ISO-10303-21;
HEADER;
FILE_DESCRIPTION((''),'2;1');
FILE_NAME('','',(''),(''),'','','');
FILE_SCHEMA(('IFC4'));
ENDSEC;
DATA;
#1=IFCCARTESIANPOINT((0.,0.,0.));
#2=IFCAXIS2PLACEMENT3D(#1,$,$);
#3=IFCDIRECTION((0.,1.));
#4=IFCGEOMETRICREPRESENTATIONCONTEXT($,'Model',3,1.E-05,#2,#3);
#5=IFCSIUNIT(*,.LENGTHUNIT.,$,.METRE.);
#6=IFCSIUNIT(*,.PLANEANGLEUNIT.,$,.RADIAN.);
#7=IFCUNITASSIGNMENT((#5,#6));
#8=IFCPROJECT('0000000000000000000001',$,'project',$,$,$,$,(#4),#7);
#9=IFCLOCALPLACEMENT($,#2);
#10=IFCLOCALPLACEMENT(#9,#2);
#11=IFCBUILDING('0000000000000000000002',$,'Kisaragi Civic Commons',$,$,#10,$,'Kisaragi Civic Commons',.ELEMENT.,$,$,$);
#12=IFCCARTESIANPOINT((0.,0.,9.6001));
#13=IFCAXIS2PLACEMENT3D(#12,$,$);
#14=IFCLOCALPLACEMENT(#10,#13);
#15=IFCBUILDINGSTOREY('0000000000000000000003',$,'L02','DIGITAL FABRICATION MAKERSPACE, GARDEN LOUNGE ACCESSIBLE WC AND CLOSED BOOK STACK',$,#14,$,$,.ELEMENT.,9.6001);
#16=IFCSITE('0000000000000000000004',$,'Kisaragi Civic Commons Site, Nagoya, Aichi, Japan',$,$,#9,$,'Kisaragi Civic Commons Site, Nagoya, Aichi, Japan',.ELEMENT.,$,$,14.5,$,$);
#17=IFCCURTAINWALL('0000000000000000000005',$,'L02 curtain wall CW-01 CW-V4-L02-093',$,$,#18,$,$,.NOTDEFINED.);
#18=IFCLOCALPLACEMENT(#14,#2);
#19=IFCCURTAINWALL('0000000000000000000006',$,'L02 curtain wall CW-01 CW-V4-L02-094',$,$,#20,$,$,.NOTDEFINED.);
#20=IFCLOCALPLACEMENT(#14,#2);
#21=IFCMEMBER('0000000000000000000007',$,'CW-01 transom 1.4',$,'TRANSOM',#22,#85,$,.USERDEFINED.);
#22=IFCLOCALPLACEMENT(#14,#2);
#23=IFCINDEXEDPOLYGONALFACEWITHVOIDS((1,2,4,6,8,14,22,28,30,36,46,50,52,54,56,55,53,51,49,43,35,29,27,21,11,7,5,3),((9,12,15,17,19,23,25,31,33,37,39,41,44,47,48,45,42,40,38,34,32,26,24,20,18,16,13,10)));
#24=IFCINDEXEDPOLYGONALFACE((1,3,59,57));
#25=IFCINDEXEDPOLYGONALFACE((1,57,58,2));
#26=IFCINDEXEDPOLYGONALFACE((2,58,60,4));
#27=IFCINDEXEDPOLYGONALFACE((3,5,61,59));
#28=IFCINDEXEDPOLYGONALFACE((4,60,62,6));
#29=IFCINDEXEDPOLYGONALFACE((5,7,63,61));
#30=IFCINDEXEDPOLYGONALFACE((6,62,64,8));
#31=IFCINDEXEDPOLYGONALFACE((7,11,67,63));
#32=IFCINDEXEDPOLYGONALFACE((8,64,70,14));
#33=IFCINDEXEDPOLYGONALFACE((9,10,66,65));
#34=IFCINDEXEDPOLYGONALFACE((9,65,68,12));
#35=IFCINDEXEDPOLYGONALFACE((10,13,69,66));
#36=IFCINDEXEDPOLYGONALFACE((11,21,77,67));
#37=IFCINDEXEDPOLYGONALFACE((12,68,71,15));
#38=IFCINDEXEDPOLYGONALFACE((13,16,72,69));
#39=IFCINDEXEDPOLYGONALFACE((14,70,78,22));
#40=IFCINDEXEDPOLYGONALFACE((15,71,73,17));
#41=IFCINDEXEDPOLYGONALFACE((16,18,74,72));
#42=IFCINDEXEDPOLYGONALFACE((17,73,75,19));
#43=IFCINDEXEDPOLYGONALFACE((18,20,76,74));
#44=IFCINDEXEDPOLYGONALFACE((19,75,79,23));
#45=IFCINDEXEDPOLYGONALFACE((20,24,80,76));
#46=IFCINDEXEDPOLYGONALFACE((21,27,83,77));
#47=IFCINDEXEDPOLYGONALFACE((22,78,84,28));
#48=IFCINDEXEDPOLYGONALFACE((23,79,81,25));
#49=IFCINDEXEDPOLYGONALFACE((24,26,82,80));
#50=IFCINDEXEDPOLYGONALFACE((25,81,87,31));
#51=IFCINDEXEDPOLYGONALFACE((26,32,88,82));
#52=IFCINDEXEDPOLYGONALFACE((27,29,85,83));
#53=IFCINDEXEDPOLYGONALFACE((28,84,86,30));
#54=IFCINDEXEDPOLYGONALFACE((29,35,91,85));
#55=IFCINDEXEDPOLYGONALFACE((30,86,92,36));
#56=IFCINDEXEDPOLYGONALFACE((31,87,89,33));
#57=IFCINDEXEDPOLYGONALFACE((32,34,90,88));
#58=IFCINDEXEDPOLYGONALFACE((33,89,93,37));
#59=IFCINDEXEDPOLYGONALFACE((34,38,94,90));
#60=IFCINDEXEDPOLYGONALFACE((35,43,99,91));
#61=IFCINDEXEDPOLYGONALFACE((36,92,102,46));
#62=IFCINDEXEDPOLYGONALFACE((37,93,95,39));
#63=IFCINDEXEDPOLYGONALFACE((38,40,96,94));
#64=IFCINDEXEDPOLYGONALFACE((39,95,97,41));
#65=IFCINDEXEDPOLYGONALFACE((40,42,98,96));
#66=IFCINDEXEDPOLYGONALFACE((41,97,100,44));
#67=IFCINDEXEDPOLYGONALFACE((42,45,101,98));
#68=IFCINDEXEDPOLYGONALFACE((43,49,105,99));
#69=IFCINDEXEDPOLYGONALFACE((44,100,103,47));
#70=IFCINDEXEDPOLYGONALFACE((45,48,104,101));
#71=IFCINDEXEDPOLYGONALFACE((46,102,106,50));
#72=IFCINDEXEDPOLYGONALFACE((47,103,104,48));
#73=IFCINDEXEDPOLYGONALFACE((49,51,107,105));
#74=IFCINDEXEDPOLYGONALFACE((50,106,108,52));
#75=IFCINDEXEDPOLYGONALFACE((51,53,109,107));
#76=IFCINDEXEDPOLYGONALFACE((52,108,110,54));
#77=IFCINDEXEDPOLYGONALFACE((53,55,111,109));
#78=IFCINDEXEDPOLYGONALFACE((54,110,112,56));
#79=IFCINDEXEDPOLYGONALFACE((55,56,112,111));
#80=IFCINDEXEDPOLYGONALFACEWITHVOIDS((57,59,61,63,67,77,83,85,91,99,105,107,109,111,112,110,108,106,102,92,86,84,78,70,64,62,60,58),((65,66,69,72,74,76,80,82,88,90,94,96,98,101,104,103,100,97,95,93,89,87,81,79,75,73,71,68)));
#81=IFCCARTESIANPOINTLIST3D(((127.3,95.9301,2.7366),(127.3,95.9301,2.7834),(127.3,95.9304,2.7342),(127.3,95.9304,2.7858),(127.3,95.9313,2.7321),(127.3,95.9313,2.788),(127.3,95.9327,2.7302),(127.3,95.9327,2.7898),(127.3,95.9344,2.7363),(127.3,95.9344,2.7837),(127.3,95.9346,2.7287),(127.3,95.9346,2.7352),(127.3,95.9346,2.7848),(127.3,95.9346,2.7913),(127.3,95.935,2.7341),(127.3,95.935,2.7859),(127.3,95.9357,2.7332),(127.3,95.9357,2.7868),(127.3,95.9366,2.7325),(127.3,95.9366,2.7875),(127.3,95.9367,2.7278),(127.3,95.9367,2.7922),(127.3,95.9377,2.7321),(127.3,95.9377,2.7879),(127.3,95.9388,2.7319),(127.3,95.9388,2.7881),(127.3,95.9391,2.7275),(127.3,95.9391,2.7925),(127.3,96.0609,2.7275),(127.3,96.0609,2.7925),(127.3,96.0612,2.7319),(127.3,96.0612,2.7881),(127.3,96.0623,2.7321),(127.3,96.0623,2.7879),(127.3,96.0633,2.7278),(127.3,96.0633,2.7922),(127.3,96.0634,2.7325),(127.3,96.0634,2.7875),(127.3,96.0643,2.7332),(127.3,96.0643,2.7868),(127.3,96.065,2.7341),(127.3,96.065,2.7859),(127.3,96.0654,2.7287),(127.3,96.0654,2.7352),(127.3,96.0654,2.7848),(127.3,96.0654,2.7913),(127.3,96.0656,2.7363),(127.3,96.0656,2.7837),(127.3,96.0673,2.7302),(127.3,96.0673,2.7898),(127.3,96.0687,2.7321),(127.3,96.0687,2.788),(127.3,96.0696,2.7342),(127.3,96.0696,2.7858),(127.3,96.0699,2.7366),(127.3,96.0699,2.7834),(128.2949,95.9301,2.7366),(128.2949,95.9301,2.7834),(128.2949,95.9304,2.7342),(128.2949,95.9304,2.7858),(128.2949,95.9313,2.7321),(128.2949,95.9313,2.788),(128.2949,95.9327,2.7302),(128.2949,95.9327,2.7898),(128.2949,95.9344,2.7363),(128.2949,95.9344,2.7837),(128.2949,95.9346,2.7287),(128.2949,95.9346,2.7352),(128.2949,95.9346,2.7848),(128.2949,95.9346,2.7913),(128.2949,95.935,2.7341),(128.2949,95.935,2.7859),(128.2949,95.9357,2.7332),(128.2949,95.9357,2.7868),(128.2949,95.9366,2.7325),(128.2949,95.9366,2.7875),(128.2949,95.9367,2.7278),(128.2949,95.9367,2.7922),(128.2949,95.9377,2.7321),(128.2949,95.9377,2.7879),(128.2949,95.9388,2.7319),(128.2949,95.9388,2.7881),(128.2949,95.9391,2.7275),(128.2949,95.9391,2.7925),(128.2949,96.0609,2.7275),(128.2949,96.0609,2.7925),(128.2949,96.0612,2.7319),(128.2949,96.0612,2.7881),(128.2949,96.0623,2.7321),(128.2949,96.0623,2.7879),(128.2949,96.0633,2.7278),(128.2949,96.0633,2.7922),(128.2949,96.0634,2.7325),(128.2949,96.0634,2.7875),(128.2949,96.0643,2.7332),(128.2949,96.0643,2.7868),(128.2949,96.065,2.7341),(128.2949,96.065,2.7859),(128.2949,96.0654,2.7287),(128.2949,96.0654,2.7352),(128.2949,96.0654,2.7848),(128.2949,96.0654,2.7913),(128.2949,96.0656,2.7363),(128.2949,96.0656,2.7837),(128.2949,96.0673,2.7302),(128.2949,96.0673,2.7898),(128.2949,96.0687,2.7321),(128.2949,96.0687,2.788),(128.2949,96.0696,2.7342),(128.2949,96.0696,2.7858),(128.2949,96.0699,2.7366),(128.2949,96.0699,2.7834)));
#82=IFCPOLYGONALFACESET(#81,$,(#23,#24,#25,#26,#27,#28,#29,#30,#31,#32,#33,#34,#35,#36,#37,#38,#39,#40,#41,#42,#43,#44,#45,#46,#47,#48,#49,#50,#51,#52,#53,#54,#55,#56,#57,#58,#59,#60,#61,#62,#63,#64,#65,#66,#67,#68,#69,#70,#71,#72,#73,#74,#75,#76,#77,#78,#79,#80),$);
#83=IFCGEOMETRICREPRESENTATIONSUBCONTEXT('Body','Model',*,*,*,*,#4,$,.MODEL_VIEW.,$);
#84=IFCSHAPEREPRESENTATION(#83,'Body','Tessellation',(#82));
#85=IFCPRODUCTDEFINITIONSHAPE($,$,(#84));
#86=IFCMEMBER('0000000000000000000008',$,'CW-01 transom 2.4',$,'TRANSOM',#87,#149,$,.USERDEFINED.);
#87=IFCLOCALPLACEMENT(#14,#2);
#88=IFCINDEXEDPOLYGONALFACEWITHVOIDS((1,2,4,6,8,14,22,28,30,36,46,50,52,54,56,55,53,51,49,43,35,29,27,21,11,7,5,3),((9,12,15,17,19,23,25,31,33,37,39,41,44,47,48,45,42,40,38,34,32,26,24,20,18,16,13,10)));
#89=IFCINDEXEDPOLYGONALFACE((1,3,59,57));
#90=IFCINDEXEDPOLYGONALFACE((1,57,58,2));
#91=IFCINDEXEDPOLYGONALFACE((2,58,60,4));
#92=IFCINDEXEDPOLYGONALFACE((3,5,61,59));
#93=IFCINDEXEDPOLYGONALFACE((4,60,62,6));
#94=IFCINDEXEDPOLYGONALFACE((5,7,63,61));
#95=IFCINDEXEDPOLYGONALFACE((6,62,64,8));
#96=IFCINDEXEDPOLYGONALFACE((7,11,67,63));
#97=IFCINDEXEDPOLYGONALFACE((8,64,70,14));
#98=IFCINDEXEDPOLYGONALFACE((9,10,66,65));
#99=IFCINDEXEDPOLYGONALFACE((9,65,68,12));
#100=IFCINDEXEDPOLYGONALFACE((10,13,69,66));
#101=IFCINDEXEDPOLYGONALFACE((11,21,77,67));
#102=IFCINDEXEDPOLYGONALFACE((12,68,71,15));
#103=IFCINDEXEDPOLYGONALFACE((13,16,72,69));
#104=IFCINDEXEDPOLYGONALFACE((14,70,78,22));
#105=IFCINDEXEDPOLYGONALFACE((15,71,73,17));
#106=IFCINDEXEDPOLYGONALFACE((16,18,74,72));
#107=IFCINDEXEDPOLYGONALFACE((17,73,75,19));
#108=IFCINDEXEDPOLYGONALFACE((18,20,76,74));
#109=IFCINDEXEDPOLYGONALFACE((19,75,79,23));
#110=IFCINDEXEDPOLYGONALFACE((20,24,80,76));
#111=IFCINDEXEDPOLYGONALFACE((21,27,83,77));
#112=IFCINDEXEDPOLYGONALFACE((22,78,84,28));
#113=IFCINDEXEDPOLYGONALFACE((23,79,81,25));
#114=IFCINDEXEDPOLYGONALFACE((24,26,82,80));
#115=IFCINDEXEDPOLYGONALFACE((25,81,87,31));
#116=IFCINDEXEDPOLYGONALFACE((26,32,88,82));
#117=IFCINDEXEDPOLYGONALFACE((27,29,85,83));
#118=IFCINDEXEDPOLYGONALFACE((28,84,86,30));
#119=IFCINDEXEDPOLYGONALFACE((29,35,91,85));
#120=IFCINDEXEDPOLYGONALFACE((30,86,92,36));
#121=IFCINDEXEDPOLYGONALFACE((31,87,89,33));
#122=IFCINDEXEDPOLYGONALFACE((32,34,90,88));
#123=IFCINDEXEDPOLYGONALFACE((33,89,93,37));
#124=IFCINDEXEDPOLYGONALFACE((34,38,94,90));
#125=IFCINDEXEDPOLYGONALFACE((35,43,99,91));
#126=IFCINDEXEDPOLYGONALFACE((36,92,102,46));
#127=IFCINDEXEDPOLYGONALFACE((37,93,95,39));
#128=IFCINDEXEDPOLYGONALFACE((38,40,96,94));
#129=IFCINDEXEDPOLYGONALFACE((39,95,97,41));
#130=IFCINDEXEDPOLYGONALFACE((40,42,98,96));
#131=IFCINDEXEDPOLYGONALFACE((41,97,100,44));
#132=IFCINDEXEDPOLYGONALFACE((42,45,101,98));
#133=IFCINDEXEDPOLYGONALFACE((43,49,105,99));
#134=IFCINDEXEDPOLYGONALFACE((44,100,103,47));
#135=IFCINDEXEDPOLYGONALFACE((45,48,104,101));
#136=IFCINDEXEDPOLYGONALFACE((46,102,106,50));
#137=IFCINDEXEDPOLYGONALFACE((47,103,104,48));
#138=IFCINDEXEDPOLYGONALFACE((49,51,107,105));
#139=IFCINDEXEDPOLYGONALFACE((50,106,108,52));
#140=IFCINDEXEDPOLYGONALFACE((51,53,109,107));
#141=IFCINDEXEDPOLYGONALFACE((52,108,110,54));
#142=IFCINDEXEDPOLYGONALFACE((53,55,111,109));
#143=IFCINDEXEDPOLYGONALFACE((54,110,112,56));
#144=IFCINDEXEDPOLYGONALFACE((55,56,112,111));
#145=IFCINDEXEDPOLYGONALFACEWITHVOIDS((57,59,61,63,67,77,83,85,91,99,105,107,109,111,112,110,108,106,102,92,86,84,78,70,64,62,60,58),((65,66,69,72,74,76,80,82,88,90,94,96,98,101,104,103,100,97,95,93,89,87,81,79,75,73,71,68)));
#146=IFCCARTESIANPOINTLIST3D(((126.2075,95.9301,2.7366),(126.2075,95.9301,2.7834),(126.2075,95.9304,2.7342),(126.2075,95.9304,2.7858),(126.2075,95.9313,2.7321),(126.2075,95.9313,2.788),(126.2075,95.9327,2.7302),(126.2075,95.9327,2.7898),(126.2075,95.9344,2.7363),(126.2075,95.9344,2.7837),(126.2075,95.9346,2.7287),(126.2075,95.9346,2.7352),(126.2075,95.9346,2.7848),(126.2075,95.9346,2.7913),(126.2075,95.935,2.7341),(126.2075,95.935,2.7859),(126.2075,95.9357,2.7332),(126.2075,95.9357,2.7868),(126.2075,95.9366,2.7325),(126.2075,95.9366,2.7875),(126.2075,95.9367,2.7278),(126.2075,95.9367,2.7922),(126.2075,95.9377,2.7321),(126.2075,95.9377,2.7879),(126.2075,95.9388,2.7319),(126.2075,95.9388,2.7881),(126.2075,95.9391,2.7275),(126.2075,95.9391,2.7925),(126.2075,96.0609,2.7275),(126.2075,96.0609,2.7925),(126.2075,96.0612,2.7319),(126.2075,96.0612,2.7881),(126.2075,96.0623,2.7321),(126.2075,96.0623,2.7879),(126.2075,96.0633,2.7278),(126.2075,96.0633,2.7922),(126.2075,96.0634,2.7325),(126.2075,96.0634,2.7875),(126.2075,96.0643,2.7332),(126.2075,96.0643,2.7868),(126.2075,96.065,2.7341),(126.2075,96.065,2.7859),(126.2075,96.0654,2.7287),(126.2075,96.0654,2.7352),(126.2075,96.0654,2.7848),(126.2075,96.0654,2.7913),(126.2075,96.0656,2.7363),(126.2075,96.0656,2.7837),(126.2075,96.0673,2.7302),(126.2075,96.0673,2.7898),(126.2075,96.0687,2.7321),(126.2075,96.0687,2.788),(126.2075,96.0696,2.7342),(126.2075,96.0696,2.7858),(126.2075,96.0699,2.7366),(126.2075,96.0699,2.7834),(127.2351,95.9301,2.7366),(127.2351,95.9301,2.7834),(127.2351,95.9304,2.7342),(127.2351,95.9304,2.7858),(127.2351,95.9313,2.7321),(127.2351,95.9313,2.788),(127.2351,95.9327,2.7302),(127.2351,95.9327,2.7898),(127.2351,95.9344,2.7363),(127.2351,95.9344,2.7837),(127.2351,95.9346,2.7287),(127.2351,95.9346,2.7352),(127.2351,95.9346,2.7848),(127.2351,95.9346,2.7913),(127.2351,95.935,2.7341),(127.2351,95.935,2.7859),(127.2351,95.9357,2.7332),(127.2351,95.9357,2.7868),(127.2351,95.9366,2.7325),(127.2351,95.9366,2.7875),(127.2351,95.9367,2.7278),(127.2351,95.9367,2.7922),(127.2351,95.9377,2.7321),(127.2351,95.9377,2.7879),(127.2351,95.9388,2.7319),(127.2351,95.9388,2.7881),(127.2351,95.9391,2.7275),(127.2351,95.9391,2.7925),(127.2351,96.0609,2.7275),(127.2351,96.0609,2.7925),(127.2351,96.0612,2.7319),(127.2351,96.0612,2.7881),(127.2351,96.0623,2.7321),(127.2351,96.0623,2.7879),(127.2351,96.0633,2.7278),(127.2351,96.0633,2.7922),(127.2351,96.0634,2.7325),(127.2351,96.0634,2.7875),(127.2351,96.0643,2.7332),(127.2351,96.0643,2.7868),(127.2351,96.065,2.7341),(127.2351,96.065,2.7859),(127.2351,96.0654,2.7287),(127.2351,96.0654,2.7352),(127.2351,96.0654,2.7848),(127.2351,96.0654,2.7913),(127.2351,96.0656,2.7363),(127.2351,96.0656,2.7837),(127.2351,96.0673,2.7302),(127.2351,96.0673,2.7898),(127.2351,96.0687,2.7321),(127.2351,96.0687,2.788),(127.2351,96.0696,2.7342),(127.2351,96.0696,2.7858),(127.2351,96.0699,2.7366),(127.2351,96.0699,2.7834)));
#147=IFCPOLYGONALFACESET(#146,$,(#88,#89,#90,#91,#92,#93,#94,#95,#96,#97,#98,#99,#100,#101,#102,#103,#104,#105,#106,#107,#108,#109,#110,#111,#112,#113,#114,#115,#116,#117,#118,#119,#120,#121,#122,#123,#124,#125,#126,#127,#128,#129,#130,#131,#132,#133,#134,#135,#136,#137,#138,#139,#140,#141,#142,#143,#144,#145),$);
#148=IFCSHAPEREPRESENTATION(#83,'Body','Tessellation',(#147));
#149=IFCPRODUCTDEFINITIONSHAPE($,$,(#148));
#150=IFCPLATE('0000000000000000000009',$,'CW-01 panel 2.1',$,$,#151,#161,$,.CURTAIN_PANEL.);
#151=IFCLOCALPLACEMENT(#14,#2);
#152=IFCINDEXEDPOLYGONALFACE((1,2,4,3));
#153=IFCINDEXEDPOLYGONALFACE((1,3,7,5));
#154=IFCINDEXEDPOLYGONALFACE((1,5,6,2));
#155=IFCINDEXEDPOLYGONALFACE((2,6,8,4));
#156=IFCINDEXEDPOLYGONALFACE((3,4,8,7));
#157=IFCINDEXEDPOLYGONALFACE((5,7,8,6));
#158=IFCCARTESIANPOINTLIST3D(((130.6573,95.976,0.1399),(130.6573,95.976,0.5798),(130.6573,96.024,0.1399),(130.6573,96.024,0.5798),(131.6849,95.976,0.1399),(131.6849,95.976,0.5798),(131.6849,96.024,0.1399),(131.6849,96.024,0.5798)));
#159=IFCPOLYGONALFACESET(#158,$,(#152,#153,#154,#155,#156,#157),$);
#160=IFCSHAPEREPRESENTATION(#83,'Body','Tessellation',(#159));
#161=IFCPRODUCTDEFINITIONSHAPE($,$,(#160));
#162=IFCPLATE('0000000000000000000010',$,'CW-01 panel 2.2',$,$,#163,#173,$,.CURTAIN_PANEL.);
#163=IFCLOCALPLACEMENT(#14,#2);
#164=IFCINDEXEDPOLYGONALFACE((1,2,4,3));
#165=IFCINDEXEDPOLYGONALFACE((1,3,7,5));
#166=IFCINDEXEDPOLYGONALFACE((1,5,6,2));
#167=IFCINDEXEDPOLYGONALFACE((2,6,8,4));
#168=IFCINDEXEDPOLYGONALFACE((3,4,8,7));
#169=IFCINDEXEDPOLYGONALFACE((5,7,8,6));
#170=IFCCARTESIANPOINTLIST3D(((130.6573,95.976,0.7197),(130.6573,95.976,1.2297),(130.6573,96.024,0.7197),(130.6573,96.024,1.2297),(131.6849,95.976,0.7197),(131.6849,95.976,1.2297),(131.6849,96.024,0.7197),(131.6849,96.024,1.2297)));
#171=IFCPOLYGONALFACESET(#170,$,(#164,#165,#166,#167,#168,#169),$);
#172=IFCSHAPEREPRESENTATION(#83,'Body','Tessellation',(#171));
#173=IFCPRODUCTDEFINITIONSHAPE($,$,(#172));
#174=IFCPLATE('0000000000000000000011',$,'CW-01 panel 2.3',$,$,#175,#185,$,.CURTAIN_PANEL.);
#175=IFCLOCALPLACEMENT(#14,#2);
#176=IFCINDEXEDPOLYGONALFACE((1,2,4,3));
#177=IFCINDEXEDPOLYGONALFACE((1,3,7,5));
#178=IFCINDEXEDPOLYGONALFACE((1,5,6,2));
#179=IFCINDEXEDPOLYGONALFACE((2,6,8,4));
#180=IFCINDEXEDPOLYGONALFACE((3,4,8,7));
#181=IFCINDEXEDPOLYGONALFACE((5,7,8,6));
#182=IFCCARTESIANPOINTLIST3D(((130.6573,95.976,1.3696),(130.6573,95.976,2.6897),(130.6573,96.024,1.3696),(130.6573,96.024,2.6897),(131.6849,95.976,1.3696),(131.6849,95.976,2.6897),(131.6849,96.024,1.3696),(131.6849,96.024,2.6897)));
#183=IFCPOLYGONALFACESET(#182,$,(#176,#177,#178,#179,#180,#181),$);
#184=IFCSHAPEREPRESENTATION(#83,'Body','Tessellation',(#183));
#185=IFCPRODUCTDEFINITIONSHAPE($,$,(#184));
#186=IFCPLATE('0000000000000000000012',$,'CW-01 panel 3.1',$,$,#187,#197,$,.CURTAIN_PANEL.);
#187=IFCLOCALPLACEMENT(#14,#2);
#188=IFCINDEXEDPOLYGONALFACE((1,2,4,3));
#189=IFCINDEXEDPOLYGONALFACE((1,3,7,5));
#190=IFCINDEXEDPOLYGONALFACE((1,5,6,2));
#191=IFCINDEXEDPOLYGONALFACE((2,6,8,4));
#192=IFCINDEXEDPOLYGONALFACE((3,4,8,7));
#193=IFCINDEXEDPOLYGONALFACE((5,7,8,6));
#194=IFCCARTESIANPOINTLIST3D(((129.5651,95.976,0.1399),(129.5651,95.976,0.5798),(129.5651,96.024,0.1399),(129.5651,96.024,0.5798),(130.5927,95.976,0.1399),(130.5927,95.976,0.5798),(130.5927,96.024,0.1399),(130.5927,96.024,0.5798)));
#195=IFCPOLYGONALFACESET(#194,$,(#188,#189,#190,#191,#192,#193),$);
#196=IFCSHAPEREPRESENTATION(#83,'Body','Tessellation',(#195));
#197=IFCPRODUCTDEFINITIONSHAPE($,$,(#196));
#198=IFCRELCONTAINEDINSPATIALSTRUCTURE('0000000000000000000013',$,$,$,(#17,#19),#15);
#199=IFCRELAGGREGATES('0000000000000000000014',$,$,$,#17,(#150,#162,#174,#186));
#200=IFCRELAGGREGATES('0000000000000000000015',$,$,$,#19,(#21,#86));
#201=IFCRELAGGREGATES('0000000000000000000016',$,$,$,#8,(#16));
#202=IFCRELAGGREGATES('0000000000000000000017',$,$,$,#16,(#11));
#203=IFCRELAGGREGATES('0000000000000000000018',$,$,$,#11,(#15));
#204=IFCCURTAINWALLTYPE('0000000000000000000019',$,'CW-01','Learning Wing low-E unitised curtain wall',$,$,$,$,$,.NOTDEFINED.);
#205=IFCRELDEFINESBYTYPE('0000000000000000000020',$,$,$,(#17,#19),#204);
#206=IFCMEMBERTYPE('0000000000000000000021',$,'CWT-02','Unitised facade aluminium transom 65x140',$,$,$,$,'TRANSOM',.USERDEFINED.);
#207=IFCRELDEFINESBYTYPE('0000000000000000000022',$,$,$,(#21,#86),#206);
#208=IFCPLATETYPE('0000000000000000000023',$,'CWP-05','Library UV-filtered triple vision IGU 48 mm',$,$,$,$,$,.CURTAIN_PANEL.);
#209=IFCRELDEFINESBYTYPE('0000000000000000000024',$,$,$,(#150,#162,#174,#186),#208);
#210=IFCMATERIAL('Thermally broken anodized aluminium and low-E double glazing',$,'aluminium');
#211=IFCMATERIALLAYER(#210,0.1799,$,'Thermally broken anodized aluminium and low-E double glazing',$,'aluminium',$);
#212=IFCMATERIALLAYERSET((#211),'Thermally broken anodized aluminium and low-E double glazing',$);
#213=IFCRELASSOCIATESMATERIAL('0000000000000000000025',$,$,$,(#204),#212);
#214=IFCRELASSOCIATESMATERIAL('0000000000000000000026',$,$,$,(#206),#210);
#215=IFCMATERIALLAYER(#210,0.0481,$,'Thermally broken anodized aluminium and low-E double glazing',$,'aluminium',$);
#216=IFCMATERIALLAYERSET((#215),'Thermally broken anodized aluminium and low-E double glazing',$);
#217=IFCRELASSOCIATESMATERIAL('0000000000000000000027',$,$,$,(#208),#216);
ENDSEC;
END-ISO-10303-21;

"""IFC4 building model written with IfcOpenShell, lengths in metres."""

from ifc_helpers import new_model, si_unit, direction, frame, origin, origin_2d, place, context, subcontext, project, spatial, rectangle, hollow_rectangle, extrude, material, layer, layer_set, material_profile, profile_set, type_object, element, aggregate, save


model = new_model("IFC4")

# Units and contexts
model_context = context("Model", 3, precision=1e-05, world=origin(), true_north=direction((0.0, 1.0)))
body_context = subcontext(model_context, "Body", "Model", "MODEL_VIEW")
ifc_project = project(units=[si_unit("LENGTHUNIT", "METRE"), si_unit("PLANEANGLEUNIT", "RADIAN")], contexts=[model_context])

# Site, building, storey
site_placement = place(None, origin())
site = spatial("IfcSite", under=ifc_project, at=site_placement, Name="Kisaragi Civic Commons Site, Nagoya, Aichi, Japan", LongName="Kisaragi Civic Commons Site, Nagoya, Aichi, Japan", CompositionType="ELEMENT", RefElevation=14.5)
building_placement = place(site_placement, origin())
building = spatial("IfcBuilding", under=site, at=building_placement, Name="Kisaragi Civic Commons", LongName="Kisaragi Civic Commons", CompositionType="ELEMENT")
storey_placement = place(building_placement, frame((0.0, 0.0, 9.6001)))
storey = spatial("IfcBuildingStorey", under=building, at=storey_placement, Name="L02", Description="DIGITAL FABRICATION MAKERSPACE, GARDEN LOUNGE ACCESSIBLE WC AND CLOSED BOOK STACK", CompositionType="ELEMENT", Elevation=9.6001)

# Curtain walls
ifc_material = material(Name="Thermally broken anodized aluminium and low-E double glazing", Category="aluminium")
ifc_layer_1 = layer(ifc_material, 0.1799, Name="Thermally broken anodized aluminium and low-E double glazing", Category="aluminium")
ifc_layer_set_1 = layer_set([ifc_layer_1], Name="Thermally broken anodized aluminium and low-E double glazing")
curtain_wall_type = type_object("IfcCurtainWallType", Name="CW-01", Description="Learning Wing low-E unitised curtain wall", PredefinedType="NOTDEFINED", material=ifc_layer_set_1)
curtain_wall_1_placement = place(storey_placement, origin())
curtain_wall_1 = element("IfcCurtainWall", 1, at=curtain_wall_1_placement, inside=storey, type_object=curtain_wall_type, Name="L02 curtain wall CW-01 CW-V4-L02-093", PredefinedType="NOTDEFINED")
curtain_wall_2_placement = place(storey_placement, origin())
curtain_wall_2 = element("IfcCurtainWall", 2, at=curtain_wall_2_placement, inside=storey, type_object=curtain_wall_type, Name="L02 curtain wall CW-01 CW-V4-L02-094", PredefinedType="NOTDEFINED")

# Members
ifc_material_profile_1 = material_profile(ifc_material, hollow_rectangle(XDim=0.1399, YDim=0.0649, WallThickness=0.0044, InnerFilletRadius=0.0044, OuterFilletRadius=0.009, at=origin_2d()), Name="CWT-65x140x4.5", Category="aluminium")
ifc_profile_set_1 = profile_set([ifc_material_profile_1], Name="Thermally broken anodized aluminium and low-E double glazing")
member_type_1 = type_object("IfcMemberType", Name="CWT-02", Description="Unitised facade aluminium transom 65x140", ElementType="TRANSOM", PredefinedType="USERDEFINED", material=ifc_profile_set_1)
member_1_placement = place(storey_placement, frame((128.2949, 96.0, 2.76), z_axis=(-1.0, 0.0, 0.0), x_axis=(0.0, -1.0, 0.0)))
member_1 = element("IfcMember", 3, at=member_1_placement, type_object=member_type_1, Name="CW-01 transom 1.4", ObjectType="TRANSOM", PredefinedType="USERDEFINED", context=body_context, shape_type="SweptSolid", body=[
    extrude(hollow_rectangle(XDim=0.1399, YDim=0.0649, WallThickness=0.0044, InnerFilletRadius=0.0044, OuterFilletRadius=0.009, at=origin_2d()), origin(), (0.0, 0.0, 1.0), 0.9949),
])
member_2_placement = place(storey_placement, frame((127.2351, 96.0, 2.76), z_axis=(-1.0, 0.0, 0.0), x_axis=(0.0, -1.0, 0.0)))
member_2 = element("IfcMember", 4, at=member_2_placement, type_object=member_type_1, Name="CW-01 transom 2.4", ObjectType="TRANSOM", PredefinedType="USERDEFINED", context=body_context, shape_type="SweptSolid", body=[
    extrude(hollow_rectangle(XDim=0.1399, YDim=0.0649, WallThickness=0.0044, InnerFilletRadius=0.0044, OuterFilletRadius=0.009, at=origin_2d()), origin(), (0.0, 0.0, 1.0), 1.0276),
])

# Plates
ifc_layer_2 = layer(ifc_material, 0.0481, Name="Thermally broken anodized aluminium and low-E double glazing", Category="aluminium")
ifc_layer_set_2 = layer_set([ifc_layer_2], Name="Thermally broken anodized aluminium and low-E double glazing")
plate_type_1 = type_object("IfcPlateType", Name="CWP-05", Description="Library UV-filtered triple vision IGU 48 mm", PredefinedType="CURTAIN_PANEL", material=ifc_layer_set_2)
plate_1_placement = place(storey_placement, frame((131.1711, 96.0, 0.1399), z_axis=(0.0, 0.0, 1.0), x_axis=(-1.0, 0.0, 0.0)))
plate_1 = element("IfcPlate", 5, at=plate_1_placement, type_object=plate_type_1, Name="CW-01 panel 2.1", PredefinedType="CURTAIN_PANEL", context=body_context, shape_type="SweptSolid", body=[
    extrude(rectangle(XDim=1.0276, YDim=0.0481, at=origin_2d()), origin(), (0.0, 0.0, 1.0), 0.4399),
])
plate_2_placement = place(storey_placement, frame((131.1711, 96.0, 0.7197), z_axis=(0.0, 0.0, 1.0), x_axis=(-1.0, 0.0, 0.0)))
plate_2 = element("IfcPlate", 6, at=plate_2_placement, type_object=plate_type_1, Name="CW-01 panel 2.2", PredefinedType="CURTAIN_PANEL", context=body_context, shape_type="SweptSolid", body=[
    extrude(rectangle(XDim=1.0276, YDim=0.0481, at=origin_2d()), origin(), (0.0, 0.0, 1.0), 0.51),
])
plate_3_placement = place(storey_placement, frame((131.1711, 96.0, 1.3696), z_axis=(0.0, 0.0, 1.0), x_axis=(-1.0, 0.0, 0.0)))
plate_3 = element("IfcPlate", 7, at=plate_3_placement, type_object=plate_type_1, Name="CW-01 panel 2.3", PredefinedType="CURTAIN_PANEL", context=body_context, shape_type="SweptSolid", body=[
    extrude(rectangle(XDim=1.0276, YDim=0.0481, at=origin_2d()), origin(), (0.0, 0.0, 1.0), 1.3201),
])
plate_4_placement = place(storey_placement, frame((130.0789, 96.0, 0.1399), z_axis=(0.0, 0.0, 1.0), x_axis=(-1.0, 0.0, 0.0)))
plate_4 = element("IfcPlate", 8, at=plate_4_placement, type_object=plate_type_1, Name="CW-01 panel 3.1", PredefinedType="CURTAIN_PANEL", context=body_context, shape_type="SweptSolid", body=[
    extrude(rectangle(XDim=1.0276, YDim=0.0481, at=origin_2d()), origin(), (0.0, 0.0, 1.0), 0.4399),
])
aggregate(curtain_wall_1, [plate_1, plate_2, plate_3, plate_4])
aggregate(curtain_wall_2, [member_1, member_2])

save(model, "model.ifc")
